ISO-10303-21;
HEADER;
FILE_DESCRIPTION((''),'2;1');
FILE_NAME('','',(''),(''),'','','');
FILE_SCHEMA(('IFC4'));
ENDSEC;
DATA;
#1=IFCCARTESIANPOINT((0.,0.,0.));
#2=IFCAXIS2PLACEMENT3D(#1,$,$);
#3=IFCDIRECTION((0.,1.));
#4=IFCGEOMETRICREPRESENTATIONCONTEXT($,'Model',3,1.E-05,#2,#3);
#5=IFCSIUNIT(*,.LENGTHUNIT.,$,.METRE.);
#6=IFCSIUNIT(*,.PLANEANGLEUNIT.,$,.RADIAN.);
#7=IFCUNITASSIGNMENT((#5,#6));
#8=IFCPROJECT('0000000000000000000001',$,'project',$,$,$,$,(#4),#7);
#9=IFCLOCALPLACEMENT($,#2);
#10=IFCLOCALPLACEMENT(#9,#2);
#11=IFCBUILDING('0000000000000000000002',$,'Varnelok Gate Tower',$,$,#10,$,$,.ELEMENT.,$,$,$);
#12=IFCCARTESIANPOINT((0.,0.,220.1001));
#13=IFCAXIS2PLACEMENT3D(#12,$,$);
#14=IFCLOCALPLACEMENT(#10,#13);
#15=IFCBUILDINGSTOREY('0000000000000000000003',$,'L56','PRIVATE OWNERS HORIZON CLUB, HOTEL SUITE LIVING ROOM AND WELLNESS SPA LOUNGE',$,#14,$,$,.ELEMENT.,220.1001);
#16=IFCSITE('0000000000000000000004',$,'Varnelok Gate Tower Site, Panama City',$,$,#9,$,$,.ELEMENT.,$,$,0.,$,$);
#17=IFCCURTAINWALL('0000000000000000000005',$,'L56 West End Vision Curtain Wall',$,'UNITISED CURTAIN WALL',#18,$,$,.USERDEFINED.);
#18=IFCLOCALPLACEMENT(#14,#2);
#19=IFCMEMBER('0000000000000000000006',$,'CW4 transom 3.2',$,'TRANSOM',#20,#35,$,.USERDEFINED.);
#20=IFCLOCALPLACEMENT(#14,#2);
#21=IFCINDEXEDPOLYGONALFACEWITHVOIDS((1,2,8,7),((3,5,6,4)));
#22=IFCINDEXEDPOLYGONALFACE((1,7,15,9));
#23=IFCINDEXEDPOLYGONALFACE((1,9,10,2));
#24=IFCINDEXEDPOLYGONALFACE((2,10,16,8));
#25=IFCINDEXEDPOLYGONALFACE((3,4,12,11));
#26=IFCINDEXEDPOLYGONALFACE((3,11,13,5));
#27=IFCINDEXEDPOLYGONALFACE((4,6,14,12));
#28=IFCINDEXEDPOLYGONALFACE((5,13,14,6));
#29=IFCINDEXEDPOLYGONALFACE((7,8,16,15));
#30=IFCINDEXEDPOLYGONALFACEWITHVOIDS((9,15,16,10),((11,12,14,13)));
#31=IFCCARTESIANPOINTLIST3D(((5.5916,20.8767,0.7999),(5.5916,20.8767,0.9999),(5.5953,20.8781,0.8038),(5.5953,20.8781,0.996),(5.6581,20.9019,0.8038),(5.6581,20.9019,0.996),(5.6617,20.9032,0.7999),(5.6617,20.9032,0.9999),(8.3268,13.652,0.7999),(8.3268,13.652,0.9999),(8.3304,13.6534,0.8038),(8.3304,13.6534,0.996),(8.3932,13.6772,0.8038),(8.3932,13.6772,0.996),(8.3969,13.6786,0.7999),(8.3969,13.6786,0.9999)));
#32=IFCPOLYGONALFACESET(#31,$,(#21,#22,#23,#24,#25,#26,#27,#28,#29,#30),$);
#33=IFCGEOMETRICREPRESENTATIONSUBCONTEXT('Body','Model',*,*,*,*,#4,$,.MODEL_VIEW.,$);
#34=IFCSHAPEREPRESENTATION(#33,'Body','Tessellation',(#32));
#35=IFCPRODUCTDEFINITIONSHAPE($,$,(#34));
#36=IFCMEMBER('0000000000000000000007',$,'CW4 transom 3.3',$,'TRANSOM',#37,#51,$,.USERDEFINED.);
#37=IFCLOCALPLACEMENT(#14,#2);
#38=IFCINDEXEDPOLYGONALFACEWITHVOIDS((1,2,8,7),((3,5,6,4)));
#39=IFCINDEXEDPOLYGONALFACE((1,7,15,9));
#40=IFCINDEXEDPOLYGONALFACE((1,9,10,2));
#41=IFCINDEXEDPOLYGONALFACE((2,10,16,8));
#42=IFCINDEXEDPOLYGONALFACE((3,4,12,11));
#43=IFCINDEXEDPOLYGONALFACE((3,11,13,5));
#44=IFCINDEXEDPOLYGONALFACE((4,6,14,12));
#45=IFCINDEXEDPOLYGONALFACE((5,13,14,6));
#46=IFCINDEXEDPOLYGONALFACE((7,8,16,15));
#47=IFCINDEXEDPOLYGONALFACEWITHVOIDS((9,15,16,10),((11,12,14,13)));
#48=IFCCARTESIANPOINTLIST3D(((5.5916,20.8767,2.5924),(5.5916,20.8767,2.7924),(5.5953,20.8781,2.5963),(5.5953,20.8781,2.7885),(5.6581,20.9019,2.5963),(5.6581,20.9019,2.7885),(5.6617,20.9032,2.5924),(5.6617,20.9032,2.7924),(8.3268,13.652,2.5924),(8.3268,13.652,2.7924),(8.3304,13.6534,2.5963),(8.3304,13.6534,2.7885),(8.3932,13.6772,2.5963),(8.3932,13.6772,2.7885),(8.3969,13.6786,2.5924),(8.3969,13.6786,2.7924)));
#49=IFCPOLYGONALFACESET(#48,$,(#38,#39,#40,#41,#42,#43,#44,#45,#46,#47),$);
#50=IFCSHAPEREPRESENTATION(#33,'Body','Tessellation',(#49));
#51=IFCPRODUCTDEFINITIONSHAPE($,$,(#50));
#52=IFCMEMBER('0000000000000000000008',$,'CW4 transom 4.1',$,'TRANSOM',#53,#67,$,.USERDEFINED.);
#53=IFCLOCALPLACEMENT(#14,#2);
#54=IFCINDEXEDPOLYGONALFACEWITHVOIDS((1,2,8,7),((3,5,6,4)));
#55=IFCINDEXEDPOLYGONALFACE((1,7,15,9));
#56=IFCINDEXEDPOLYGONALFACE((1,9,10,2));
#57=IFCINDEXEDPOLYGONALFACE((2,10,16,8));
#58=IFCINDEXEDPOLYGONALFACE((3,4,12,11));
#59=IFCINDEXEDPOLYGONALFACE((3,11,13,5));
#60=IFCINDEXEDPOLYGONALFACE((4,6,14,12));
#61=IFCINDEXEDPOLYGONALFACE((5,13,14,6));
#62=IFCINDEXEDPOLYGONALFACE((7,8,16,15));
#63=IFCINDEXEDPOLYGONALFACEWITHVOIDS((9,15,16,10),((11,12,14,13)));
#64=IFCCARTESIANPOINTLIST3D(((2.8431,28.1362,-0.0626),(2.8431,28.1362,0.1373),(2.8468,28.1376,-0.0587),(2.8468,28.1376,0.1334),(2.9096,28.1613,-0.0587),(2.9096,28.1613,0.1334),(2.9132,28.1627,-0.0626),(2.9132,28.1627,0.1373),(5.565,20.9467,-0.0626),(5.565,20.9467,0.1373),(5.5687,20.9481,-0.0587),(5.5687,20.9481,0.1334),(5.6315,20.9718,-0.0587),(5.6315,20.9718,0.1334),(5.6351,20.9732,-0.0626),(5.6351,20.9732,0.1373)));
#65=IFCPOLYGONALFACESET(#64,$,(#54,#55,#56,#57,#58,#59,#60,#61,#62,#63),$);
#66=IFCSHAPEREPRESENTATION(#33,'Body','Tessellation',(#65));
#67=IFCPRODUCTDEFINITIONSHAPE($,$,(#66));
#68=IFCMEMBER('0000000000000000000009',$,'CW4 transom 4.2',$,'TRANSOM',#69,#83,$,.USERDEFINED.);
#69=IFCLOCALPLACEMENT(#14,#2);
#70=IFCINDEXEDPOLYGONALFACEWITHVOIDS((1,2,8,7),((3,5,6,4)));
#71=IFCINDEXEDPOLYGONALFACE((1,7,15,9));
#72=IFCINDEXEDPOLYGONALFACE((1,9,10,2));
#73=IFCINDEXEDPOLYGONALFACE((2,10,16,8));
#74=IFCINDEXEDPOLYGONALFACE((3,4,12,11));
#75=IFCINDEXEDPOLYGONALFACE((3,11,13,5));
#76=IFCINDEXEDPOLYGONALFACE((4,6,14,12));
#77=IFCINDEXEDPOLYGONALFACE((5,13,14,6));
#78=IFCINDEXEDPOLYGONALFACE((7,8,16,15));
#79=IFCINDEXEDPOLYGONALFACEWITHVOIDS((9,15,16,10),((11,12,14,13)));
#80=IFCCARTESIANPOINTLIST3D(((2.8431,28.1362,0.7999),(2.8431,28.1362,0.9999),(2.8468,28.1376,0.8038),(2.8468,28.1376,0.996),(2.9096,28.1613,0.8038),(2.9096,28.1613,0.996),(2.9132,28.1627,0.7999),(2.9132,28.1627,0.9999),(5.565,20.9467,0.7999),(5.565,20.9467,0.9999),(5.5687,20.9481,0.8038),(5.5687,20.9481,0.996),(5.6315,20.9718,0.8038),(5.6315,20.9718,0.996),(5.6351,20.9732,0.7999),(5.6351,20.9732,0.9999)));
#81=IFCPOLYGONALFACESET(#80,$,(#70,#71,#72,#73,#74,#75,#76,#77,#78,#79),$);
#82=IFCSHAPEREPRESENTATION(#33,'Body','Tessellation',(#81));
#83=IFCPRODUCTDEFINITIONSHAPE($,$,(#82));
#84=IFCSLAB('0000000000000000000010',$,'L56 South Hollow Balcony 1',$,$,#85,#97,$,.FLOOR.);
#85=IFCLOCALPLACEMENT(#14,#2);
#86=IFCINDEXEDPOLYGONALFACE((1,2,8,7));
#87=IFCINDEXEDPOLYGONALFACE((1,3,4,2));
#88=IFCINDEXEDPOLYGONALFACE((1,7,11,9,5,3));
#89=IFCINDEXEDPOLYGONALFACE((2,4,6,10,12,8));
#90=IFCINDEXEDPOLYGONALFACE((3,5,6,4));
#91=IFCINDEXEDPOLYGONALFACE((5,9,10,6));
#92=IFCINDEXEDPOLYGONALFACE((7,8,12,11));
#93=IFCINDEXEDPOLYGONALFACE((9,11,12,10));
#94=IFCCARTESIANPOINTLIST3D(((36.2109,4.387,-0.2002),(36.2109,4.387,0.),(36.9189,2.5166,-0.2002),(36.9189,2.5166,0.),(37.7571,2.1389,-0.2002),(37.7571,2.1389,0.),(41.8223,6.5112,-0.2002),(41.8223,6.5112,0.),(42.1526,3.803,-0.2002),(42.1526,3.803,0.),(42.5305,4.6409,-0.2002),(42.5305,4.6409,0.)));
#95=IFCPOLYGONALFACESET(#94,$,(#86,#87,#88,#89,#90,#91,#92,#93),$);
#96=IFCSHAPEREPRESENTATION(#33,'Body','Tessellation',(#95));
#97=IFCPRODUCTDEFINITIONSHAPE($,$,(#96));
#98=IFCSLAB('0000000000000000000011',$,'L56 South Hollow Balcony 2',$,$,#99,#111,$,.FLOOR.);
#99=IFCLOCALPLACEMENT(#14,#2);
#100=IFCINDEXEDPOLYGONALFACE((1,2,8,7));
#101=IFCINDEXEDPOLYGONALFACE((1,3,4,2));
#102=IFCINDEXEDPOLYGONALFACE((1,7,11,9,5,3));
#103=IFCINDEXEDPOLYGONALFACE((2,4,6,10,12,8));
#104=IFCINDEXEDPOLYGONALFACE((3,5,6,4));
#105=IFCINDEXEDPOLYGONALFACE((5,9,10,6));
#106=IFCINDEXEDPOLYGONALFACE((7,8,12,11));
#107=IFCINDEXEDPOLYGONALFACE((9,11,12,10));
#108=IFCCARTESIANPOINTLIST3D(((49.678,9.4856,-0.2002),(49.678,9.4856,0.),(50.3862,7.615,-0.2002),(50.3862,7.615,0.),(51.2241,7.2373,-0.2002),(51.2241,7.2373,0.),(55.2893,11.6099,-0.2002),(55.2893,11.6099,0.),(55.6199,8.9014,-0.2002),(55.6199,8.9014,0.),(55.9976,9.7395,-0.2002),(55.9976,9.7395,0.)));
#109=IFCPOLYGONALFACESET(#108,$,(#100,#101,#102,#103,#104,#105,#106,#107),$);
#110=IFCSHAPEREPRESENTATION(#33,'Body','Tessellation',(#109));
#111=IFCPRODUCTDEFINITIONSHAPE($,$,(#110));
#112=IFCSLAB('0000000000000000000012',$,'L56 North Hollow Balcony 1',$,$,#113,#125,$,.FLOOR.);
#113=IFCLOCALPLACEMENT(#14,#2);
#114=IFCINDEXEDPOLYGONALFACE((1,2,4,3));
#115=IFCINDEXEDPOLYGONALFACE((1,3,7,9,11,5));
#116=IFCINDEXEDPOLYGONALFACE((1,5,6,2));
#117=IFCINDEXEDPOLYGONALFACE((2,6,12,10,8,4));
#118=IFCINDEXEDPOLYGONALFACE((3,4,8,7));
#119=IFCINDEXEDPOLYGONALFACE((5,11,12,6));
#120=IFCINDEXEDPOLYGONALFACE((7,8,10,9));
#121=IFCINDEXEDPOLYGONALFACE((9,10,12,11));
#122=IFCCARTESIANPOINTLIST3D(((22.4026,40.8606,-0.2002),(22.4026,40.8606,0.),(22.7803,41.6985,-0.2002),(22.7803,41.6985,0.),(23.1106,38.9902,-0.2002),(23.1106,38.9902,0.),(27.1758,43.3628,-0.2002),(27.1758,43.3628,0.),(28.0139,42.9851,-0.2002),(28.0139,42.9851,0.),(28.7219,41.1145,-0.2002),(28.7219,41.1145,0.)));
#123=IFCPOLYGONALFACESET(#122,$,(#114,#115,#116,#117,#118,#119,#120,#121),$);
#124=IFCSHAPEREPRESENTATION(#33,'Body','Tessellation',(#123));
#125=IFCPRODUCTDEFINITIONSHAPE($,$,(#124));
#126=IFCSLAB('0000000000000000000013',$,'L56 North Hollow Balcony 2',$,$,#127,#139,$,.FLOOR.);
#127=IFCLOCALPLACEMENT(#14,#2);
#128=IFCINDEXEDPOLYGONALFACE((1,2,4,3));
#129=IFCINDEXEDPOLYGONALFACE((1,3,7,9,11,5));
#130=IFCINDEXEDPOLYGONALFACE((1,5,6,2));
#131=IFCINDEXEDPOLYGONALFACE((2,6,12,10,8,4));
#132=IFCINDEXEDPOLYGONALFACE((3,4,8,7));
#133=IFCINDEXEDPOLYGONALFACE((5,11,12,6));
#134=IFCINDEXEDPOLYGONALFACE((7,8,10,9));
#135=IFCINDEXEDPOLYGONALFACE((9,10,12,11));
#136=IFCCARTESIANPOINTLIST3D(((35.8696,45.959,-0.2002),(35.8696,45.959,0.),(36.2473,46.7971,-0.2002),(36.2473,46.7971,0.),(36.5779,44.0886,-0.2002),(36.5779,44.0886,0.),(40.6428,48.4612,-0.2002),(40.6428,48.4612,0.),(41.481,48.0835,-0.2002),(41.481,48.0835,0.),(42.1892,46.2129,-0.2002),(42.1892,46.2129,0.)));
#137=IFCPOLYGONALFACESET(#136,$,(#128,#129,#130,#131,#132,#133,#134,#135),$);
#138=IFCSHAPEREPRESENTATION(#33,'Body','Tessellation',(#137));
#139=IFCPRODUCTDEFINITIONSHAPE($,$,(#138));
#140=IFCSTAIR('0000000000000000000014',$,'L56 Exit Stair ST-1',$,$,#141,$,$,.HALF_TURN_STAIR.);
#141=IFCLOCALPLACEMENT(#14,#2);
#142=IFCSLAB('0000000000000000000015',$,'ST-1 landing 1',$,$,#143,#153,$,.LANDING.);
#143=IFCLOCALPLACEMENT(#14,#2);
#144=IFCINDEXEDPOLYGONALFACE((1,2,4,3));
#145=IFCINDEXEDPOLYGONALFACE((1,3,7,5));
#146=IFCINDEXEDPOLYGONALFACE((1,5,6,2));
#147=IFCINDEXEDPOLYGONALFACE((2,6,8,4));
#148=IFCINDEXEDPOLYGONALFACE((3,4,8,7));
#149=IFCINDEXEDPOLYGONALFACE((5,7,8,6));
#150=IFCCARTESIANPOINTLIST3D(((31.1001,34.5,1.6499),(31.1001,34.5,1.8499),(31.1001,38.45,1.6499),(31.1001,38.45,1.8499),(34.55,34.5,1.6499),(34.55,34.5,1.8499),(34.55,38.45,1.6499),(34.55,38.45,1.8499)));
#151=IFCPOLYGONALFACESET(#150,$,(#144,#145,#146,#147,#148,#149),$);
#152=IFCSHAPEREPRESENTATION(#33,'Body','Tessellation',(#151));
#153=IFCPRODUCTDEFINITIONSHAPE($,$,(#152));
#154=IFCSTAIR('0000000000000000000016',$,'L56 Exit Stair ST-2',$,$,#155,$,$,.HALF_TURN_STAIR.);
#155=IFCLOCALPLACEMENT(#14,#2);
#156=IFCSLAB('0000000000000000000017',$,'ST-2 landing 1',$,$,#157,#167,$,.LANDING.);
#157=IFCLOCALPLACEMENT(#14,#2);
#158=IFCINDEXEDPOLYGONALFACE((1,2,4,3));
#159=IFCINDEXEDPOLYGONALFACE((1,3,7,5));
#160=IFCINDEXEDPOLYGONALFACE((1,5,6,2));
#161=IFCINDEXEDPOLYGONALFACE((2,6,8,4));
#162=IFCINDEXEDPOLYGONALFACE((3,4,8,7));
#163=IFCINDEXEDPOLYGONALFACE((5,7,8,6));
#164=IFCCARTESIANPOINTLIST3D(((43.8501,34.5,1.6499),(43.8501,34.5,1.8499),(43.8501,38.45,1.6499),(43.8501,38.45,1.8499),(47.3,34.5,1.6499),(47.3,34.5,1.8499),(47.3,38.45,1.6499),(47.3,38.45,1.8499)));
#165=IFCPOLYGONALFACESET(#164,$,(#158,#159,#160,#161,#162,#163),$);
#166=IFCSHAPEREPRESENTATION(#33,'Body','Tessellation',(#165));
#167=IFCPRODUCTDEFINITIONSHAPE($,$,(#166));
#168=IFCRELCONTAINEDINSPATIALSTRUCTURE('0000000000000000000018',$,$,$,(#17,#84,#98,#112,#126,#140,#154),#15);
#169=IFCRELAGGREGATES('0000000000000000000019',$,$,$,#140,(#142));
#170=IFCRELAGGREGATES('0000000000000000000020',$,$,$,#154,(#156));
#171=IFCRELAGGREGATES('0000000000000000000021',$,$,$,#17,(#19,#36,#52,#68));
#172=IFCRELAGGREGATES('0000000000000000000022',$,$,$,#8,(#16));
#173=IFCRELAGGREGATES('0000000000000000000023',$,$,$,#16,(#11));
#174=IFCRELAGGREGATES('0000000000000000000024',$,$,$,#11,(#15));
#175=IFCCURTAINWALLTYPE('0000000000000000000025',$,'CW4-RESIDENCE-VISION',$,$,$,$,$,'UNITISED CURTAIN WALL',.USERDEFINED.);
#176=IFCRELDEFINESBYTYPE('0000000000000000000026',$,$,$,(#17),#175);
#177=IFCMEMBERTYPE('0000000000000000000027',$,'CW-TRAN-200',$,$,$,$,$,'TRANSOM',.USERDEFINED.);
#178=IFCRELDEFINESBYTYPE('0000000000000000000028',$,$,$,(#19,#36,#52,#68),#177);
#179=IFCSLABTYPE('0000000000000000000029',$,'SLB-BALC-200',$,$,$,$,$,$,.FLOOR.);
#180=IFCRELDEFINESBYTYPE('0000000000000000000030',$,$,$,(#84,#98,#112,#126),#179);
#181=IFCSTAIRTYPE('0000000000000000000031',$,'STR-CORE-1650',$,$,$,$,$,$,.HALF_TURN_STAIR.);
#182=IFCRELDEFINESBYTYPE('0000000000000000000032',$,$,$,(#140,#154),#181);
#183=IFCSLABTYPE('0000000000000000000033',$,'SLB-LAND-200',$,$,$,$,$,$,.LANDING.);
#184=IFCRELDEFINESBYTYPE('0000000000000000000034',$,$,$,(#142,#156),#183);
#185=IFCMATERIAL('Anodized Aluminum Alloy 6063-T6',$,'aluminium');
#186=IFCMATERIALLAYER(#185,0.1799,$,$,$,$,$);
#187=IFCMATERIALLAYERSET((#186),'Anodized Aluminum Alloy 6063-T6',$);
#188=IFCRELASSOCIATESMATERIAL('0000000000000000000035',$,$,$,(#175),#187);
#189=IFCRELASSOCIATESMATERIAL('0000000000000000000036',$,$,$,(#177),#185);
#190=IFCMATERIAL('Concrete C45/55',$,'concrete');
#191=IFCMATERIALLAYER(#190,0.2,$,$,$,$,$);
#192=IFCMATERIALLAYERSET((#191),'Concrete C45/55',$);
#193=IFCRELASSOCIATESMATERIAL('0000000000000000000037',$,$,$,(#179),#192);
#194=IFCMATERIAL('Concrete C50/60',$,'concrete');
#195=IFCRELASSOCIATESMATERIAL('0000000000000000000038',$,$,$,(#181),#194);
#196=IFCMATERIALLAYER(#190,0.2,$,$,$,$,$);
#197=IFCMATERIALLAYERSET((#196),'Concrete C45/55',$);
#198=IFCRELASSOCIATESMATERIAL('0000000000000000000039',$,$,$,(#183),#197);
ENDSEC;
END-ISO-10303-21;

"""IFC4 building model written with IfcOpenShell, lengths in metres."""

from ifc_helpers import new_model, si_unit, direction, frame, origin, origin_2d, place, context, subcontext, project, spatial, polyline, hollow_rectangle, outline, extrude, material, layer, layer_set, material_profile, profile_set, type_object, element, aggregate, save


model = new_model("IFC4")

# Units and contexts
model_context = context("Model", 3, precision=1e-05, world=origin(), true_north=direction((0.0, 1.0)))
body_context = subcontext(model_context, "Body", "Model", "MODEL_VIEW")
ifc_project = project(units=[si_unit("LENGTHUNIT", "METRE"), si_unit("PLANEANGLEUNIT", "RADIAN")], contexts=[model_context])

# Site, building, storey
site_placement = place(None, origin())
site = spatial("IfcSite", under=ifc_project, at=site_placement, Name="Varnelok Gate Tower Site, Panama City", CompositionType="ELEMENT", RefElevation=0.0)
building_placement = place(site_placement, origin())
building = spatial("IfcBuilding", under=site, at=building_placement, Name="Varnelok Gate Tower", CompositionType="ELEMENT")
storey_placement = place(building_placement, frame((0.0, 0.0, 220.1001)))
storey = spatial("IfcBuildingStorey", under=building, at=storey_placement, Name="L56", Description="PRIVATE OWNERS HORIZON CLUB, HOTEL SUITE LIVING ROOM AND WELLNESS SPA LOUNGE", CompositionType="ELEMENT", Elevation=220.1001)

# Curtain wall, members
ifc_material_1 = material(Name="Anodized Aluminum Alloy 6063-T6", Category="aluminium")
ifc_layer_1 = layer(ifc_material_1, 0.1799)
ifc_layer_set_1 = layer_set([ifc_layer_1], Name="Anodized Aluminum Alloy 6063-T6")
curtain_wall_type = type_object("IfcCurtainWallType", Name="CW4-RESIDENCE-VISION", ElementType="UNITISED CURTAIN WALL", PredefinedType="USERDEFINED", material=ifc_layer_set_1)
curtain_wall_placement = place(storey_placement, origin())
curtain_wall = element("IfcCurtainWall", 1, at=curtain_wall_placement, inside=storey, type_object=curtain_wall_type, Name="L56 West End Vision Curtain Wall", ObjectType="UNITISED CURTAIN WALL", PredefinedType="USERDEFINED")
ifc_material_profile_1 = material_profile(ifc_material_1, hollow_rectangle(XDim=0.075, YDim=0.2, WallThickness=0.0039, at=origin_2d()), Name="ALU200X75X4")
ifc_profile_set_1 = profile_set([ifc_material_profile_1], Name="Anodized Aluminum Alloy 6063-T6")
member_type_1 = type_object("IfcMemberType", Name="CW-TRAN-200", ElementType="TRANSOM", PredefinedType="USERDEFINED", material=ifc_profile_set_1)
member_1_placement = place(storey_placement, frame((8.3618, 13.6653, 0.8999), z_axis=(-0.354059, 0.935223, 0.0), x_axis=(-0.935223, -0.354059, 0.0)))
member_1 = element("IfcMember", 2, at=member_1_placement, type_object=member_type_1, Name="CW4 transom 3.2", ObjectType="TRANSOM", PredefinedType="USERDEFINED", context=body_context, shape_type="SweptSolid", body=[
    extrude(hollow_rectangle(XDim=0.075, YDim=0.2, WallThickness=0.0039, at=origin_2d()), origin(), (0.0, 0.0, 1.0), 7.7251),
])
member_2_placement = place(storey_placement, frame((8.3618, 13.6653, 2.6924), z_axis=(-0.354059, 0.935223, 0.0), x_axis=(-0.935223, -0.354059, 0.0)))
member_2 = element("IfcMember", 3, at=member_2_placement, type_object=member_type_1, Name="CW4 transom 3.3", ObjectType="TRANSOM", PredefinedType="USERDEFINED", context=body_context, shape_type="SweptSolid", body=[
    extrude(hollow_rectangle(XDim=0.075, YDim=0.2, WallThickness=0.0039, at=origin_2d()), origin(), (0.0, 0.0, 1.0), 7.7251),
])
member_3_placement = place(storey_placement, frame((5.6001, 20.96, 0.0374), z_axis=(-0.354073, 0.935218, 0.0), x_axis=(-0.935218, -0.354073, 0.0)))
member_3 = element("IfcMember", 4, at=member_3_placement, type_object=member_type_1, Name="CW4 transom 4.1", ObjectType="TRANSOM", PredefinedType="USERDEFINED", context=body_context, shape_type="SweptSolid", body=[
    extrude(hollow_rectangle(XDim=0.075, YDim=0.2, WallThickness=0.0039, at=origin_2d()), origin(), (0.0, 0.0, 1.0), 7.6875),
])
member_4_placement = place(storey_placement, frame((5.6001, 20.96, 0.8999), z_axis=(-0.354073, 0.935218, 0.0), x_axis=(-0.935218, -0.354073, 0.0)))
member_4 = element("IfcMember", 5, at=member_4_placement, type_object=member_type_1, Name="CW4 transom 4.2", ObjectType="TRANSOM", PredefinedType="USERDEFINED", context=body_context, shape_type="SweptSolid", body=[
    extrude(hollow_rectangle(XDim=0.075, YDim=0.2, WallThickness=0.0039, at=origin_2d()), origin(), (0.0, 0.0, 1.0), 7.6875),
])

# Slabs
ifc_material_2 = material(Name="Concrete C45/55", Category="concrete")
ifc_layer_2 = layer(ifc_material_2, 0.2)
ifc_layer_set_2 = layer_set([ifc_layer_2], Name="Concrete C45/55")
slab_type_1 = type_object("IfcSlabType", Name="SLB-BALC-200", PredefinedType="FLOOR", material=ifc_layer_set_2)
slab_1_placement = place(storey_placement, frame((0.0, 0.0, -0.2002)))
element("IfcSlab", 6, at=slab_1_placement, inside=storey, type_object=slab_type_1, Name="L56 South Hollow Balcony 1", PredefinedType="FLOOR", context=body_context, shape_type="SweptSolid", body=[
    extrude(outline(polyline([(36.9189, 2.5166), (37.7571, 2.1389), (42.1526, 3.803), (42.5305, 4.6409), (41.8223, 6.5112), (36.2109, 4.387), (36.9189, 2.5166)])), origin(), (0.0, 0.0, 1.0), 0.2002),
])
slab_2_placement = place(storey_placement, frame((0.0, 0.0, -0.2002)))
element("IfcSlab", 7, at=slab_2_placement, inside=storey, type_object=slab_type_1, Name="L56 South Hollow Balcony 2", PredefinedType="FLOOR", context=body_context, shape_type="SweptSolid", body=[
    extrude(outline(polyline([(50.3862, 7.615), (51.2241, 7.2373), (55.6199, 8.9014), (55.9976, 9.7395), (55.2893, 11.6099), (49.678, 9.4856), (50.3862, 7.615)])), origin(), (0.0, 0.0, 1.0), 0.2002),
])
slab_3_placement = place(storey_placement, frame((0.0, 0.0, -0.2002)))
element("IfcSlab", 8, at=slab_3_placement, inside=storey, type_object=slab_type_1, Name="L56 North Hollow Balcony 1", PredefinedType="FLOOR", context=body_context, shape_type="SweptSolid", body=[
    extrude(outline(polyline([(23.1106, 38.9902), (28.7219, 41.1145), (28.0139, 42.9851), (27.1758, 43.3628), (22.7803, 41.6985), (22.4026, 40.8606), (23.1106, 38.9902)])), origin(), (0.0, 0.0, 1.0), 0.2002),
])
slab_4_placement = place(storey_placement, frame((0.0, 0.0, -0.2002)))
element("IfcSlab", 9, at=slab_4_placement, inside=storey, type_object=slab_type_1, Name="L56 North Hollow Balcony 2", PredefinedType="FLOOR", context=body_context, shape_type="SweptSolid", body=[
    extrude(outline(polyline([(36.5779, 44.0886), (42.1892, 46.2129), (41.481, 48.0835), (40.6428, 48.4612), (36.2473, 46.7971), (35.8696, 45.959), (36.5779, 44.0886)])), origin(), (0.0, 0.0, 1.0), 0.2002),
])

# Stairs, slabs
ifc_material_3 = material(Name="Concrete C50/60", Category="concrete")
stair_type = type_object("IfcStairType", Name="STR-CORE-1650", PredefinedType="HALF_TURN_STAIR", material=ifc_material_3)
stair_1_placement = place(storey_placement, origin())
stair_1 = element("IfcStair", 10, at=stair_1_placement, inside=storey, type_object=stair_type, Name="L56 Exit Stair ST-1", PredefinedType="HALF_TURN_STAIR")
ifc_layer_3 = layer(ifc_material_2, 0.2)
ifc_layer_set_3 = layer_set([ifc_layer_3], Name="Concrete C45/55")
slab_type_2 = type_object("IfcSlabType", Name="SLB-LAND-200", PredefinedType="LANDING", material=ifc_layer_set_3)
slab_5_placement = place(storey_placement, frame((0.0, 0.0, 1.6499)))
slab_5 = element("IfcSlab", 11, at=slab_5_placement, type_object=slab_type_2, Name="ST-1 landing 1", PredefinedType="LANDING", context=body_context, shape_type="SweptSolid", body=[
    extrude(outline(polyline([(34.55, 34.5), (34.55, 38.45), (31.1001, 38.45), (31.1001, 34.5), (34.55, 34.5)])), origin(), (0.0, 0.0, 1.0), 0.2),
])
aggregate(stair_1, [slab_5])
stair_2_placement = place(storey_placement, origin())
stair_2 = element("IfcStair", 12, at=stair_2_placement, inside=storey, type_object=stair_type, Name="L56 Exit Stair ST-2", PredefinedType="HALF_TURN_STAIR")
slab_6_placement = place(storey_placement, frame((0.0, 0.0, 1.6499)))
slab_6 = element("IfcSlab", 13, at=slab_6_placement, type_object=slab_type_2, Name="ST-2 landing 1", PredefinedType="LANDING", context=body_context, shape_type="SweptSolid", body=[
    extrude(outline(polyline([(47.3, 34.5), (47.3, 38.45), (43.8501, 38.45), (43.8501, 34.5), (47.3, 34.5)])), origin(), (0.0, 0.0, 1.0), 0.2),
])
aggregate(stair_2, [slab_6])

aggregate(curtain_wall, [member_1, member_2, member_3, member_4])

save(model, "model.ifc")
